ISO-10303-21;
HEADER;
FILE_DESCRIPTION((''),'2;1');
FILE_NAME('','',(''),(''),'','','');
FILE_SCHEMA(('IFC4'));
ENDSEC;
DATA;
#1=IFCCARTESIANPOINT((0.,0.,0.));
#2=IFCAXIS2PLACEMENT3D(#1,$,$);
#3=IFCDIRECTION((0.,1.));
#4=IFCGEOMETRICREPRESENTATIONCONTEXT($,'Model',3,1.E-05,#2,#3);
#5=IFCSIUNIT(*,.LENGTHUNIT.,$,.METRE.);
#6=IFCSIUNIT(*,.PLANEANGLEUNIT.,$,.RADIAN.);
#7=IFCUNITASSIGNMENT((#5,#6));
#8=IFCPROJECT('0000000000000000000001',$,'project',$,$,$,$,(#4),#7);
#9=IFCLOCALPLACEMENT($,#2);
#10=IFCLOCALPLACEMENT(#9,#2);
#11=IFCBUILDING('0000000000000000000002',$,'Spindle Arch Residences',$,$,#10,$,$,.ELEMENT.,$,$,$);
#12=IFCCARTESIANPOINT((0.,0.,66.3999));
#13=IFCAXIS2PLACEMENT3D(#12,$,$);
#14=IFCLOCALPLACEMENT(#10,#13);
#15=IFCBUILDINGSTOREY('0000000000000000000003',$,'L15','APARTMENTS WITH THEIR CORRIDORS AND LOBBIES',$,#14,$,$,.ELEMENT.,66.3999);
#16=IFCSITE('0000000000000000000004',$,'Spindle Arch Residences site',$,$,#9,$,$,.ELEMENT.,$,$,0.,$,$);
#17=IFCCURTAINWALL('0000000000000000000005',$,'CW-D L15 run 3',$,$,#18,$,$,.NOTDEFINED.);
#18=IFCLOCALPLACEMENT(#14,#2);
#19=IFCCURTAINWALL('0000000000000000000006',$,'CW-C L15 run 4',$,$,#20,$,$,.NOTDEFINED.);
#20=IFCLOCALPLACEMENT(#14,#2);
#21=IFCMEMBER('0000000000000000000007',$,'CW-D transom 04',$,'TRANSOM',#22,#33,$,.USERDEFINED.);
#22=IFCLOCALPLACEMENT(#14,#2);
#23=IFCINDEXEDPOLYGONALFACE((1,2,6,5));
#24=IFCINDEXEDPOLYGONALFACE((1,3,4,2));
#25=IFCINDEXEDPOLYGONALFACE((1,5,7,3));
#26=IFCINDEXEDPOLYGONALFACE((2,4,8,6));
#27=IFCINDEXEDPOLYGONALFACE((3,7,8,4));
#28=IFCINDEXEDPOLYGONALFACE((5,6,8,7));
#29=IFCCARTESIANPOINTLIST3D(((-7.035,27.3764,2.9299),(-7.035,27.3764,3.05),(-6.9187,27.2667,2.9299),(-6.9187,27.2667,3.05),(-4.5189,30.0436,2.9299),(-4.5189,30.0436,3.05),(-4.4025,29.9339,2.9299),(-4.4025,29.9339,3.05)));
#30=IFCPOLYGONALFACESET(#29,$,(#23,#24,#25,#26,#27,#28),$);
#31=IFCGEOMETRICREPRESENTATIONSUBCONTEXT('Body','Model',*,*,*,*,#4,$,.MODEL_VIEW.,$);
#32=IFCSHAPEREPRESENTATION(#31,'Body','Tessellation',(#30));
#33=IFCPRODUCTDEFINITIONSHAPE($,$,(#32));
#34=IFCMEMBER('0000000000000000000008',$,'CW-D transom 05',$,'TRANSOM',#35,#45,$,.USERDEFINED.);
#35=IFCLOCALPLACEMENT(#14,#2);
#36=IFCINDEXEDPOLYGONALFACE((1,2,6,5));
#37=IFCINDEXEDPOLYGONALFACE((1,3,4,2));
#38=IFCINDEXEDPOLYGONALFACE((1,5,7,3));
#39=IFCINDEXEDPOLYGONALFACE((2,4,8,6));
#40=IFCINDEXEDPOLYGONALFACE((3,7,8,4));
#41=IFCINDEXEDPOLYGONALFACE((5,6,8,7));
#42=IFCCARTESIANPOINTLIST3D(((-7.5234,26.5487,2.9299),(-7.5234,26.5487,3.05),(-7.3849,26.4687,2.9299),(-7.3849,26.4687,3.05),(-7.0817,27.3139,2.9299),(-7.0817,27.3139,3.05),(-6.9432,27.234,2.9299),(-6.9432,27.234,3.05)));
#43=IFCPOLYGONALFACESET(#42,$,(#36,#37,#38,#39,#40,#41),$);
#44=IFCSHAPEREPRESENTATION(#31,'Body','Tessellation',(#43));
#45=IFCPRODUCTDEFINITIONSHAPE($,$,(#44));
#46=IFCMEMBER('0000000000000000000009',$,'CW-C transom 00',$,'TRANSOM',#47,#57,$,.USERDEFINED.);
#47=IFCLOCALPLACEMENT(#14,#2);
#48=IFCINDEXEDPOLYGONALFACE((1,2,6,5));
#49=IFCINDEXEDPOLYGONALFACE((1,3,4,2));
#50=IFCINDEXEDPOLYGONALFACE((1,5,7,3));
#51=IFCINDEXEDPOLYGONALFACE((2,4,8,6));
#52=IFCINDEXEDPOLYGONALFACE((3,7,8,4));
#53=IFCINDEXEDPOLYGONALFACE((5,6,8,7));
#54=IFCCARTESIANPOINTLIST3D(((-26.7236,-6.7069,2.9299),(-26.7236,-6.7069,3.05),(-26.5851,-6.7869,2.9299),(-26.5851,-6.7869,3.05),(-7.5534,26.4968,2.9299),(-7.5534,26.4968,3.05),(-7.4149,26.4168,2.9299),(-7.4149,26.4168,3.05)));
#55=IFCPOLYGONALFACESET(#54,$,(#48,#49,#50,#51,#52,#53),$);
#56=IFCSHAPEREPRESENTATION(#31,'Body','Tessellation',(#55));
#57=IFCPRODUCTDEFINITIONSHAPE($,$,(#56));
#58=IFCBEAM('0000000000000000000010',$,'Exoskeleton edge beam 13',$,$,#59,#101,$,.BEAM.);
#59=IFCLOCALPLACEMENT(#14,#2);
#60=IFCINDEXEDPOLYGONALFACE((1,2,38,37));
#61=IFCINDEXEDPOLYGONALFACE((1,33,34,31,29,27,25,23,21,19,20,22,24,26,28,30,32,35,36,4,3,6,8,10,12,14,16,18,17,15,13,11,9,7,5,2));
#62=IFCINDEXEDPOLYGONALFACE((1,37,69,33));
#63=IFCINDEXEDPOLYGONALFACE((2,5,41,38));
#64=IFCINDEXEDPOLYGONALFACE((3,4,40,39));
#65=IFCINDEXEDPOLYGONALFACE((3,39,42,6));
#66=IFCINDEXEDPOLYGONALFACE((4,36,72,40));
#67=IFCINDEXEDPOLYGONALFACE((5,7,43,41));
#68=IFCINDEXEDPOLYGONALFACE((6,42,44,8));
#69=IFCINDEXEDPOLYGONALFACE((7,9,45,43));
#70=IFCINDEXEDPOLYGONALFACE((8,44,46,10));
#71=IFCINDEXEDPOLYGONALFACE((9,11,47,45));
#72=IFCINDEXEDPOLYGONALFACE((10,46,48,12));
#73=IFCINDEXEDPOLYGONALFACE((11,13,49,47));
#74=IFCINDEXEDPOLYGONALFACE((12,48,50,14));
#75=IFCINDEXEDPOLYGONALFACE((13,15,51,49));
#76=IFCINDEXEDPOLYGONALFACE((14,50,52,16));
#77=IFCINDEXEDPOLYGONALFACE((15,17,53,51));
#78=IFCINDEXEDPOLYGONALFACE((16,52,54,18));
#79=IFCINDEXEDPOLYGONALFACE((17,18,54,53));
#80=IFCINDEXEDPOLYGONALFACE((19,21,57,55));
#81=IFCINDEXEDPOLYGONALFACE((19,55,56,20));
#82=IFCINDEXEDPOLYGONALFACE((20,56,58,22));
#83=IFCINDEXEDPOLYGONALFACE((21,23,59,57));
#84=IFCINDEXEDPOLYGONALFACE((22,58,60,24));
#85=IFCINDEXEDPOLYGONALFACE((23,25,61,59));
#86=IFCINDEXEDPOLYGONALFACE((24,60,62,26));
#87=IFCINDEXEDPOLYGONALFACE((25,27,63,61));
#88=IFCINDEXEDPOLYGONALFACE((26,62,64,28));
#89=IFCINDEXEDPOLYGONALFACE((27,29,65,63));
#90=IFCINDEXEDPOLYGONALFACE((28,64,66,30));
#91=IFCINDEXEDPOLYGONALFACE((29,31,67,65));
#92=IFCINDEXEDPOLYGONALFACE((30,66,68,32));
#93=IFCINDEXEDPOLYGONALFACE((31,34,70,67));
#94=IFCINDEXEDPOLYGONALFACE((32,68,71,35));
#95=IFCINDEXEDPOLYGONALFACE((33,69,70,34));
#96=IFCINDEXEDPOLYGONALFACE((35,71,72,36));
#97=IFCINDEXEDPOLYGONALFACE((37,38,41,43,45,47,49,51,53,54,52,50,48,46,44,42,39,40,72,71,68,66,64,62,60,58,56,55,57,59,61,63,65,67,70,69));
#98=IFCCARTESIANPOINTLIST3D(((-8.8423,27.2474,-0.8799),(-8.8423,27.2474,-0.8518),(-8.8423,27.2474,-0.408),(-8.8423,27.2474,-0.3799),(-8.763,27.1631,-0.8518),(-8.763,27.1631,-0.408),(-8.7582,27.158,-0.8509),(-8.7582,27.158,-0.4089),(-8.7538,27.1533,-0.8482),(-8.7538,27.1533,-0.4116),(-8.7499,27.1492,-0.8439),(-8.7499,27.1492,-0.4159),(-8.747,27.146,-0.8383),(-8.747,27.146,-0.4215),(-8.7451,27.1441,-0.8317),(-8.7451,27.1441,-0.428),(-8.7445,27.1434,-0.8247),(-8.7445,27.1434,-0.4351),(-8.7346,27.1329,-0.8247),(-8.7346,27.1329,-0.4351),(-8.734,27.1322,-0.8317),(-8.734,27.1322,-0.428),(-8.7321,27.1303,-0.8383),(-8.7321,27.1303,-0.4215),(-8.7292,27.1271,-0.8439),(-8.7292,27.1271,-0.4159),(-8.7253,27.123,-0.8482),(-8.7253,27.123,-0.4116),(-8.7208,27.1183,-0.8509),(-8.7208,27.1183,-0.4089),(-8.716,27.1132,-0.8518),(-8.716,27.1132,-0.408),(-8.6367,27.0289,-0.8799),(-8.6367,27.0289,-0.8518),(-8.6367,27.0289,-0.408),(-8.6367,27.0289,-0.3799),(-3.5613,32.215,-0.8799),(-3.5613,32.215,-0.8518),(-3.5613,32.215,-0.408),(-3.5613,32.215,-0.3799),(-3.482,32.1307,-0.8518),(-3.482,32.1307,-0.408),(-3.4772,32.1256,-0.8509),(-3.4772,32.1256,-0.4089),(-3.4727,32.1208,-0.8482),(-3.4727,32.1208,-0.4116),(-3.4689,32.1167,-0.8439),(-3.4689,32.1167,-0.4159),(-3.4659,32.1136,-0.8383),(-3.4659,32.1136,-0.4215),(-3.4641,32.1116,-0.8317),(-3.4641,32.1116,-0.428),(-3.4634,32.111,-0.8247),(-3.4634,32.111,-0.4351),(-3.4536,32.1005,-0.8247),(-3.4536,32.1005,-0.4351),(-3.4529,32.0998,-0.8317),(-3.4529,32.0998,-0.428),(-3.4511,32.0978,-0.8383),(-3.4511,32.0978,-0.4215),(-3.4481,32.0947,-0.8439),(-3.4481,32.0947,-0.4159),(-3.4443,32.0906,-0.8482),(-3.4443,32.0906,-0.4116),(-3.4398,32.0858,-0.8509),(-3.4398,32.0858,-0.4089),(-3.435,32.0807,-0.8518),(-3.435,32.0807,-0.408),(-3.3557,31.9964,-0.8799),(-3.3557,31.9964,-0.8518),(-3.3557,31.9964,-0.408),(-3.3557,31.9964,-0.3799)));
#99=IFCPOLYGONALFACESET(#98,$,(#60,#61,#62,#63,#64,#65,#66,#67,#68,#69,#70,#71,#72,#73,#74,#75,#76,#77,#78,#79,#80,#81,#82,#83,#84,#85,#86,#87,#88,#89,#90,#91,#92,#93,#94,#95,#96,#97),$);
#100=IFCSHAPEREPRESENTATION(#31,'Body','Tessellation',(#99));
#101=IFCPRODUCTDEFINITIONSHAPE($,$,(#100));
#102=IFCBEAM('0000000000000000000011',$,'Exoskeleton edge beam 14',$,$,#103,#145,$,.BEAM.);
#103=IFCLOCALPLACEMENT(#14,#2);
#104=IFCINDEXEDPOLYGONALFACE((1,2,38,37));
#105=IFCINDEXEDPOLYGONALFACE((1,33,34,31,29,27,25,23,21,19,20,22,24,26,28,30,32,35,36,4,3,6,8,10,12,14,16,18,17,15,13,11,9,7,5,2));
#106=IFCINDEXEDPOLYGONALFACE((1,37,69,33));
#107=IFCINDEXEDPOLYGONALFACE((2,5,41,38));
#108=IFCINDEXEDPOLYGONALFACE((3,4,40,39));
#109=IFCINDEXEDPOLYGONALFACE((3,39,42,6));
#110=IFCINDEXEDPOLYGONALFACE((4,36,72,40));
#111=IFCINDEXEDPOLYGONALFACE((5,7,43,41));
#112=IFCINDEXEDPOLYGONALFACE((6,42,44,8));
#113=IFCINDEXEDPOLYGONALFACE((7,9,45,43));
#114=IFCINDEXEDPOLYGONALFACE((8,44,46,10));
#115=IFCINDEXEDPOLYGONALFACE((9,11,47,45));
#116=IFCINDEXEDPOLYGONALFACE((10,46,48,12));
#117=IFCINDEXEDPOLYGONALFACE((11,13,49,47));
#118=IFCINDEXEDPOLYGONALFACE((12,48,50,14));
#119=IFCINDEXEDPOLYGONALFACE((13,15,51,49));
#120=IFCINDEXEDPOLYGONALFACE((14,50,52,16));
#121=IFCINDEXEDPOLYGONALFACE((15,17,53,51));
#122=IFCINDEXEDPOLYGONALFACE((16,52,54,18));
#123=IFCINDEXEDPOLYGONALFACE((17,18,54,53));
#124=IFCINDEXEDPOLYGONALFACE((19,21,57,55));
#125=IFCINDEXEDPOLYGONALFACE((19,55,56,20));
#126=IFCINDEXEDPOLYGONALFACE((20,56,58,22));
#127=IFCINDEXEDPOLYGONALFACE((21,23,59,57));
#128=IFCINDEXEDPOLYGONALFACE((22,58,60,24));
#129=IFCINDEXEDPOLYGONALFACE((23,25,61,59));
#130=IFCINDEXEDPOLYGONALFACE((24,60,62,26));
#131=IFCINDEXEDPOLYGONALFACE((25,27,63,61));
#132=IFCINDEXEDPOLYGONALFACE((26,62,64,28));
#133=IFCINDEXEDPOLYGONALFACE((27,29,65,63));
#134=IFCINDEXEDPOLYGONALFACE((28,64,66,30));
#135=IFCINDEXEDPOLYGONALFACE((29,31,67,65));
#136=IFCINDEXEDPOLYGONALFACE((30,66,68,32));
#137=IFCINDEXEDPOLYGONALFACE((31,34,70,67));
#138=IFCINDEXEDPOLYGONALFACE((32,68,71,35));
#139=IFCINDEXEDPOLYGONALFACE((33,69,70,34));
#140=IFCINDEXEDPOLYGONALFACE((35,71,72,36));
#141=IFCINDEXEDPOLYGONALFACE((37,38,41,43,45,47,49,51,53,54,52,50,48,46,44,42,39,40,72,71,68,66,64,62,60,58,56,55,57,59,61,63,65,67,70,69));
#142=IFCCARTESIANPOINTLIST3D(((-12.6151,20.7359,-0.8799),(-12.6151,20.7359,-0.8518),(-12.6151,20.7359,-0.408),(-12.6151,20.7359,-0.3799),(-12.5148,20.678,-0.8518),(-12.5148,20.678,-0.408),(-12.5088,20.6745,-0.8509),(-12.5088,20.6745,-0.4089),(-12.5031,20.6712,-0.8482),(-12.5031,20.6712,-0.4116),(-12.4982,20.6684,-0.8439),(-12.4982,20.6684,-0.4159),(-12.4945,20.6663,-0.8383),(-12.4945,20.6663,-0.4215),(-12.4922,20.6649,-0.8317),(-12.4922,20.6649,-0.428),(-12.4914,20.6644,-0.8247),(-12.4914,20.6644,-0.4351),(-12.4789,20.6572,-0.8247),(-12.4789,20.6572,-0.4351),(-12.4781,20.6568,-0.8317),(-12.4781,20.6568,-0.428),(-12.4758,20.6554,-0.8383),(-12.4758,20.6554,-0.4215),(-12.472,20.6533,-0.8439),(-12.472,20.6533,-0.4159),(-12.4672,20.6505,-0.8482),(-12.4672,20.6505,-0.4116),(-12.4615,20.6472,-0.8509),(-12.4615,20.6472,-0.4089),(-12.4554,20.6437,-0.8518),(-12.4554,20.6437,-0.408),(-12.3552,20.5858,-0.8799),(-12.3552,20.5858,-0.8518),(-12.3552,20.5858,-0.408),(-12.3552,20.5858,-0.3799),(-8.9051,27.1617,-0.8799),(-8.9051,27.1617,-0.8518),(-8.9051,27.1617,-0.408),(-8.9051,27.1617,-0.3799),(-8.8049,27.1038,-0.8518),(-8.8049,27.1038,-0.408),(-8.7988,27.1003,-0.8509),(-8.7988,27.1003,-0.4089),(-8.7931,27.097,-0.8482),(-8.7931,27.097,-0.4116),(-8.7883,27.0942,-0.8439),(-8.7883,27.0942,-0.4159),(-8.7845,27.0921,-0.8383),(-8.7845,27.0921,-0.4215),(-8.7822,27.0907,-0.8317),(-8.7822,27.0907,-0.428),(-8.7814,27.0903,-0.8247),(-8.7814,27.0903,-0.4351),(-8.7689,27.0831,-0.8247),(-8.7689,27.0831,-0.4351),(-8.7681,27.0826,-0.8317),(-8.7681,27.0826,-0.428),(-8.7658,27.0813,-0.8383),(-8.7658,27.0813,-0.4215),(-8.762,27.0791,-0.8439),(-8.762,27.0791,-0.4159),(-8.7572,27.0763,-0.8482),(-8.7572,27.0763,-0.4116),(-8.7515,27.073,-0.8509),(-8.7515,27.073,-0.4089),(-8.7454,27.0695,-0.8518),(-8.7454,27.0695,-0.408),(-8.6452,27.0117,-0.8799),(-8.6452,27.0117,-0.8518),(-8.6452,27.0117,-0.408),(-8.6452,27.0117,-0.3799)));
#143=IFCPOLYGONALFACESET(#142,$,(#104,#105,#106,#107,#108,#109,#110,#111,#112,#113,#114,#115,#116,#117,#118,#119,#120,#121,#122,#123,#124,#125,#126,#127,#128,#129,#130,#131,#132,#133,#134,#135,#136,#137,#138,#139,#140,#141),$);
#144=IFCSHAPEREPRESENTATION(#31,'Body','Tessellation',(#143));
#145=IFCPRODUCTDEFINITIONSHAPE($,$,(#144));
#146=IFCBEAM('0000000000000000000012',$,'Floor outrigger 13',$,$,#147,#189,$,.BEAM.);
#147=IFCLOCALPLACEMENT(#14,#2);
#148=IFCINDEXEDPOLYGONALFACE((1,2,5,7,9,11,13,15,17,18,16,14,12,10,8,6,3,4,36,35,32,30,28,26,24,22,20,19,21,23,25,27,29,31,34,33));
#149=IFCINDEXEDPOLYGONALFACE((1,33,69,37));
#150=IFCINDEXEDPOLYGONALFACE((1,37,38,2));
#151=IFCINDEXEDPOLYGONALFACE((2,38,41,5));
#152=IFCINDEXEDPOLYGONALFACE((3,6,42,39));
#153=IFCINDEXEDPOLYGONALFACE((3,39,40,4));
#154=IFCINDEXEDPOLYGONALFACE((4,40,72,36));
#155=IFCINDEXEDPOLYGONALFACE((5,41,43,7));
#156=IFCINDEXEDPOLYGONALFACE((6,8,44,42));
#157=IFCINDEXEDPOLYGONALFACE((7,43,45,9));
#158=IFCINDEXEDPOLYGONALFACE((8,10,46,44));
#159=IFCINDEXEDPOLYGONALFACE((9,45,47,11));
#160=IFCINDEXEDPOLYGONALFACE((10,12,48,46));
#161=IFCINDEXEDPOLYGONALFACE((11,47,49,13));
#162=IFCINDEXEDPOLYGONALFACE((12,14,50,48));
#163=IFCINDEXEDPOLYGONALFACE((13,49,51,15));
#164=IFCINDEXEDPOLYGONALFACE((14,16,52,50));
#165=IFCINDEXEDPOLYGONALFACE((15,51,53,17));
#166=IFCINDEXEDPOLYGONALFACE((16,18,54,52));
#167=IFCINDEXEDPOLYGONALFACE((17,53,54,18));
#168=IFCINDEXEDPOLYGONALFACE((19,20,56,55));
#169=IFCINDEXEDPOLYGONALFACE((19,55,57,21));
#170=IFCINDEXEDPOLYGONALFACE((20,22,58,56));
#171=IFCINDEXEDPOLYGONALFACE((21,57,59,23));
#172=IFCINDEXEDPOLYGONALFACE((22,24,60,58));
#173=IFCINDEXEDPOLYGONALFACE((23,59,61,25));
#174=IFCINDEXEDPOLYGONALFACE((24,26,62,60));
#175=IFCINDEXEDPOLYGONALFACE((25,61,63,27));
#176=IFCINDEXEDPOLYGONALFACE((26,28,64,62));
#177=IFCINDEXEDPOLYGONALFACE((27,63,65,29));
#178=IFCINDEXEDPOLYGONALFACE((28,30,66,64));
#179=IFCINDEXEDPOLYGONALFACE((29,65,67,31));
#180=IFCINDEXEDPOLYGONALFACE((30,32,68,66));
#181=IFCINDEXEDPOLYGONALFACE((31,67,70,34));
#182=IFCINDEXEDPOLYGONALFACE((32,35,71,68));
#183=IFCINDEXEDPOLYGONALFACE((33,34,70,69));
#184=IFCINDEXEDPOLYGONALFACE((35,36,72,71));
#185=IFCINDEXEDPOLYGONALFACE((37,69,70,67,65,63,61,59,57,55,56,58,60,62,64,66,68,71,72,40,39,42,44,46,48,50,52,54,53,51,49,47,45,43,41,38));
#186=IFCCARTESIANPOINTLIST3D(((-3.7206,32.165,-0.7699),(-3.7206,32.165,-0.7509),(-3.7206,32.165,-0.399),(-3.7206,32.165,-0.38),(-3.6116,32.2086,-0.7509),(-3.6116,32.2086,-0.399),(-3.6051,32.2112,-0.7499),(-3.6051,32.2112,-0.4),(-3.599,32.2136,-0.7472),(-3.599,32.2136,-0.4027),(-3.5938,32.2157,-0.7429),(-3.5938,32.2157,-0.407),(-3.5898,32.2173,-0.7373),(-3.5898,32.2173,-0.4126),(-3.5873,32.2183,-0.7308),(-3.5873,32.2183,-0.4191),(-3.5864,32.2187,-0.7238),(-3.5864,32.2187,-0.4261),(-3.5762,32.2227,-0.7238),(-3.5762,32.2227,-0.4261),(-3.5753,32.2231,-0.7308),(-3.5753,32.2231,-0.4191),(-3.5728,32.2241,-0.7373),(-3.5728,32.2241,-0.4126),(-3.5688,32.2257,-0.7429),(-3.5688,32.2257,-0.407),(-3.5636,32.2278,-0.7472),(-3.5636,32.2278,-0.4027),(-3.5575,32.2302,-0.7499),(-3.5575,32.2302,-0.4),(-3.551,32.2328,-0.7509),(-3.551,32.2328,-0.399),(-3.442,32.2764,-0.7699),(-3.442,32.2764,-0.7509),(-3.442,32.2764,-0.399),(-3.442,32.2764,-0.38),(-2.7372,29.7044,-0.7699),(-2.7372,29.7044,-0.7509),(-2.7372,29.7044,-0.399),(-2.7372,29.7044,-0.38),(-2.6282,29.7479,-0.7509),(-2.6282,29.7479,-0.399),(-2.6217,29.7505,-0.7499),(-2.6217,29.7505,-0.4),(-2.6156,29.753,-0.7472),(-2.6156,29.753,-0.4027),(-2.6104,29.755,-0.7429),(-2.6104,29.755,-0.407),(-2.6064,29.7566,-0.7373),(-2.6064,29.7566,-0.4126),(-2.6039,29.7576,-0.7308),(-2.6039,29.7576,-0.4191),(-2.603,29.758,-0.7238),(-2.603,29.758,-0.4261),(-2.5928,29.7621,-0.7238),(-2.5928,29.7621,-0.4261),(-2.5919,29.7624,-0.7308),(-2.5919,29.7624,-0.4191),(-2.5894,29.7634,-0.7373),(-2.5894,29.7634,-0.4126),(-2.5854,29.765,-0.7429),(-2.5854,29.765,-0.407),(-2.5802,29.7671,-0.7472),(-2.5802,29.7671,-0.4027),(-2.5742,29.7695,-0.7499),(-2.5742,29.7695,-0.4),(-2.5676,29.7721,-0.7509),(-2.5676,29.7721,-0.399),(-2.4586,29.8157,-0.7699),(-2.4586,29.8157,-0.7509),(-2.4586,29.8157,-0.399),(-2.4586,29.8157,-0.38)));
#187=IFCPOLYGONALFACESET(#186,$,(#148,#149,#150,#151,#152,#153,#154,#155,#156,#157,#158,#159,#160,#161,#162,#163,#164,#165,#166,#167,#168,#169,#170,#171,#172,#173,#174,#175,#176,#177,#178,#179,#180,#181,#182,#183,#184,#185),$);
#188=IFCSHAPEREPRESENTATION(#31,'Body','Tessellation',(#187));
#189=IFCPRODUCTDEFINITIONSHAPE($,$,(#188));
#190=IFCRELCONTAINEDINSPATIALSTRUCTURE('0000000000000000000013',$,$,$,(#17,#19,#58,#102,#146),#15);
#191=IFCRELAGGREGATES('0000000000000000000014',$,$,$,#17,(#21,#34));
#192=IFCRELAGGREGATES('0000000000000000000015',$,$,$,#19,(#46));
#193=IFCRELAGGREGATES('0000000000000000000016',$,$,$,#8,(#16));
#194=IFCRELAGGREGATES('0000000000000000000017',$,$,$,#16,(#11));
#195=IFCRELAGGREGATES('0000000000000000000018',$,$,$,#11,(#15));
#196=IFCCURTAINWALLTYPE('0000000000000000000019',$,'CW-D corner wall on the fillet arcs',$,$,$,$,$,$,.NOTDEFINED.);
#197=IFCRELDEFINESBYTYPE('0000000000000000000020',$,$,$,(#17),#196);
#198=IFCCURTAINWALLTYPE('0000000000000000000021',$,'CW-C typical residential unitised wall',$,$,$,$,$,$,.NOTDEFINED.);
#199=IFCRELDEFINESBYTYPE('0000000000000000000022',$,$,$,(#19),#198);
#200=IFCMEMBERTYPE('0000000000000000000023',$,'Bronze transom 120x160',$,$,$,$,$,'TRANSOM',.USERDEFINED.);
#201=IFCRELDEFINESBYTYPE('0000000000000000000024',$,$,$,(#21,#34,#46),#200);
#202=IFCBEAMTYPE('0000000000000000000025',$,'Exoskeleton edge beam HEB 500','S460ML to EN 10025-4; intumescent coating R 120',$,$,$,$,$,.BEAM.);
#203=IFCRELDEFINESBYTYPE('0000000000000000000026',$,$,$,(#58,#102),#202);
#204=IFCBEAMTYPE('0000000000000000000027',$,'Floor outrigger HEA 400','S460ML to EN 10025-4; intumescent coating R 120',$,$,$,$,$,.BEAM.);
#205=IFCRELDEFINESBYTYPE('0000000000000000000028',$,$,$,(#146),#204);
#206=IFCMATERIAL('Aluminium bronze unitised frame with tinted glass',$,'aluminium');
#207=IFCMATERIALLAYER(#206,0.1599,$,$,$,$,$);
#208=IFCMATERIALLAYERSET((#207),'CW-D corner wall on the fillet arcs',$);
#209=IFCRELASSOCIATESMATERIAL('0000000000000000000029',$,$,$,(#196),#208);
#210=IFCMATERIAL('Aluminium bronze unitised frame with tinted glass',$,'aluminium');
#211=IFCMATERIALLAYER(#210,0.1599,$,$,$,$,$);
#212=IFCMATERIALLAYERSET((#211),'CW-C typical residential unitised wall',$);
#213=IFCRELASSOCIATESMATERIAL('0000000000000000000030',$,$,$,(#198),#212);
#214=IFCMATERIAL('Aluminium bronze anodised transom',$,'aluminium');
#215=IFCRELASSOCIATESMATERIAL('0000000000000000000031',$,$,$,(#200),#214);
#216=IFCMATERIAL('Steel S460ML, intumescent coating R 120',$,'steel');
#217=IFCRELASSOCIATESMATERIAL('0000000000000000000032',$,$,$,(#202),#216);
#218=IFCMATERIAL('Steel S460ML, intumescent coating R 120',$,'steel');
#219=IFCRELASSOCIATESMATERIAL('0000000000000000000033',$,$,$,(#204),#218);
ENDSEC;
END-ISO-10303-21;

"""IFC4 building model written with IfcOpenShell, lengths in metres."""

from ifc_helpers import new_model, si_unit, direction, frame, origin, origin_2d, place, context, subcontext, project, spatial, rectangle, i_section, extrude, material, layer, layer_set, material_profile, profile_set, type_object, element, aggregate, save


model = new_model("IFC4")

# Units and contexts
model_context = context("Model", 3, precision=1e-05, world=origin(), true_north=direction((0.0, 1.0)))
body_context = subcontext(model_context, "Body", "Model", "MODEL_VIEW")
ifc_project = project(units=[si_unit("LENGTHUNIT", "METRE"), si_unit("PLANEANGLEUNIT", "RADIAN")], contexts=[model_context])

# Site, building, storey
site_placement = place(None, origin())
site = spatial("IfcSite", under=ifc_project, at=site_placement, Name="Spindle Arch Residences site", CompositionType="ELEMENT", RefElevation=0.0)
building_placement = place(site_placement, origin())
building = spatial("IfcBuilding", under=site, at=building_placement, Name="Spindle Arch Residences", CompositionType="ELEMENT")
storey_placement = place(building_placement, frame((0.0, 0.0, 66.3999)))
storey = spatial("IfcBuildingStorey", under=building, at=storey_placement, Name="L15", Description="APARTMENTS WITH THEIR CORRIDORS AND LOBBIES", CompositionType="ELEMENT", Elevation=66.3999)

# Curtain wall
ifc_material_1 = material(Name="Aluminium bronze unitised frame with tinted glass", Category="aluminium")
ifc_layer_1 = layer(ifc_material_1, 0.1599)
ifc_layer_set_1 = layer_set([ifc_layer_1], Name="CW-D corner wall on the fillet arcs")
curtain_wall_type_1 = type_object("IfcCurtainWallType", Name="CW-D corner wall on the fillet arcs", PredefinedType="NOTDEFINED", material=ifc_layer_set_1)
curtain_wall_1_placement = place(storey_placement, origin())
curtain_wall_1 = element("IfcCurtainWall", 1, at=curtain_wall_1_placement, inside=storey, type_object=curtain_wall_type_1, Name="CW-D L15 run 3", PredefinedType="NOTDEFINED")

# Curtain wall
ifc_material_2 = material(Name="Aluminium bronze unitised frame with tinted glass", Category="aluminium")
ifc_layer_2 = layer(ifc_material_2, 0.1599)
ifc_layer_set_2 = layer_set([ifc_layer_2], Name="CW-C typical residential unitised wall")
curtain_wall_type_2 = type_object("IfcCurtainWallType", Name="CW-C typical residential unitised wall", PredefinedType="NOTDEFINED", material=ifc_layer_set_2)
curtain_wall_2_placement = place(storey_placement, origin())
curtain_wall_2 = element("IfcCurtainWall", 2, at=curtain_wall_2_placement, inside=storey, type_object=curtain_wall_type_2, Name="CW-C L15 run 4", PredefinedType="NOTDEFINED")

# Members
ifc_material_3 = material(Name="Aluminium bronze anodised transom", Category="aluminium")
ifc_material_profile_1 = material_profile(ifc_material_3, rectangle(XDim=0.1599, YDim=0.1201, at=origin_2d()), Name="TR 120x160")
ifc_profile_set_1 = profile_set([ifc_material_profile_1], Name="Aluminium bronze anodised transom")
member_type_1 = type_object("IfcMemberType", Name="Bronze transom 120x160", ElementType="TRANSOM", PredefinedType="USERDEFINED", material=ifc_profile_set_1)
member_1_placement = place(storey_placement, frame((-4.4607, 29.9888, 2.99), z_axis=(-0.686199, -0.727414, 0.0), x_axis=(0.727414, -0.686199, 0.0)))
member_1 = element("IfcMember", 3, at=member_1_placement, type_object=member_type_1, Name="CW-D transom 04", ObjectType="TRANSOM", PredefinedType="USERDEFINED", context=body_context, shape_type="SweptSolid", body=[
    extrude(rectangle(XDim=0.1599, YDim=0.1201, at=origin_2d()), origin(), (0.0, 0.0, 1.0), 3.6667),
])
member_2_placement = place(storey_placement, frame((-7.0125, 27.2739, 2.99), z_axis=(-0.499914, -0.866075, 0.0), x_axis=(0.866075, -0.499914, 0.0)))
member_2 = element("IfcMember", 4, at=member_2_placement, type_object=member_type_1, Name="CW-D transom 05", ObjectType="TRANSOM", PredefinedType="USERDEFINED", context=body_context, shape_type="SweptSolid", body=[
    extrude(rectangle(XDim=0.1599, YDim=0.1201, at=origin_2d()), origin(), (0.0, 0.0, 1.0), 0.8835),
])
member_3_placement = place(storey_placement, frame((-7.4841, 26.4568, 2.99), z_axis=(-0.500001, -0.866025, 0.0), x_axis=(0.866025, -0.500001, 0.0)))
member_3 = element("IfcMember", 5, at=member_3_placement, type_object=member_type_1, Name="CW-C transom 00", ObjectType="TRANSOM", PredefinedType="USERDEFINED", context=body_context, shape_type="SweptSolid", body=[
    extrude(rectangle(XDim=0.1599, YDim=0.1201, at=origin_2d()), origin(), (0.0, 0.0, 1.0), 38.3403),
])

# Beams
ifc_material_4 = material(Name="Steel S460ML, intumescent coating R 120", Category="steel")
ifc_material_profile_2 = material_profile(ifc_material_4, i_section(OverallWidth=0.3, OverallDepth=0.5, WebThickness=0.0144, FlangeThickness=0.0281, FilletRadius=0.0271, at=origin_2d()), Name="HEB 500")
ifc_profile_set_2 = profile_set([ifc_material_profile_2], Name="Steel S460ML, intumescent coating R 120")
beam_type_1 = type_object("IfcBeamType", Name="Exoskeleton edge beam HEB 500", Description="S460ML to EN 10025-4; intumescent coating R 120", PredefinedType="BEAM", material=ifc_profile_set_2)
beam_1_placement = place(storey_placement, frame((-3.4585, 32.1057, -0.6299), z_axis=(-0.728395, -0.685158, 0.0), x_axis=(0.685158, -0.728395, 0.0)))
element("IfcBeam", 6, at=beam_1_placement, inside=storey, type_object=beam_type_1, Name="Exoskeleton edge beam 13", PredefinedType="BEAM", context=body_context, shape_type="SweptSolid", body=[
    extrude(i_section(OverallWidth=0.3, OverallDepth=0.5, WebThickness=0.0144, FlangeThickness=0.0281, FilletRadius=0.0271, at=origin_2d()), origin(), (0.0, 0.0, 1.0), 7.2502),
])
beam_2_placement = place(storey_placement, frame((-8.7751, 27.0867, -0.6299), z_axis=(-0.500003, -0.866023, 0.0), x_axis=(0.866023, -0.500003, 0.0)))
element("IfcBeam", 7, at=beam_2_placement, inside=storey, type_object=beam_type_1, Name="Exoskeleton edge beam 14", PredefinedType="BEAM", context=body_context, shape_type="SweptSolid", body=[
    extrude(i_section(OverallWidth=0.3, OverallDepth=0.5, WebThickness=0.0144, FlangeThickness=0.0281, FilletRadius=0.0271, at=origin_2d()), origin(), (0.0, 0.0, 1.0), 7.4199),
])
ifc_material_5 = material(Name="Steel S460ML, intumescent coating R 120", Category="steel")
ifc_material_profile_3 = material_profile(ifc_material_5, i_section(OverallWidth=0.3, OverallDepth=0.3899, WebThickness=0.011, FlangeThickness=0.019, FilletRadius=0.0271, at=origin_2d()), Name="HEA 400")
ifc_profile_set_3 = profile_set([ifc_material_profile_3], Name="Steel S460ML, intumescent coating R 120")
beam_type_2 = type_object("IfcBeamType", Name="Floor outrigger HEA 400", Description="S460ML to EN 10025-4; intumescent coating R 120", PredefinedType="BEAM", material=ifc_profile_set_3)
beam_3_placement = place(storey_placement, frame((-3.5813, 32.2207, -0.575), z_axis=(0.371105, -0.928591, 0.0), x_axis=(0.928591, 0.371105, 0.0)))
element("IfcBeam", 8, at=beam_3_placement, inside=storey, type_object=beam_type_2, Name="Floor outrigger 13", PredefinedType="BEAM", context=body_context, shape_type="SweptSolid", body=[
    extrude(i_section(OverallWidth=0.3, OverallDepth=0.3899, WebThickness=0.011, FlangeThickness=0.019, FilletRadius=0.0271, at=origin_2d()), origin(), (0.0, 0.0, 1.0), 2.6499),
])

aggregate(curtain_wall_1, [member_1, member_2])
aggregate(curtain_wall_2, [member_3])

save(model, "model.ifc")
